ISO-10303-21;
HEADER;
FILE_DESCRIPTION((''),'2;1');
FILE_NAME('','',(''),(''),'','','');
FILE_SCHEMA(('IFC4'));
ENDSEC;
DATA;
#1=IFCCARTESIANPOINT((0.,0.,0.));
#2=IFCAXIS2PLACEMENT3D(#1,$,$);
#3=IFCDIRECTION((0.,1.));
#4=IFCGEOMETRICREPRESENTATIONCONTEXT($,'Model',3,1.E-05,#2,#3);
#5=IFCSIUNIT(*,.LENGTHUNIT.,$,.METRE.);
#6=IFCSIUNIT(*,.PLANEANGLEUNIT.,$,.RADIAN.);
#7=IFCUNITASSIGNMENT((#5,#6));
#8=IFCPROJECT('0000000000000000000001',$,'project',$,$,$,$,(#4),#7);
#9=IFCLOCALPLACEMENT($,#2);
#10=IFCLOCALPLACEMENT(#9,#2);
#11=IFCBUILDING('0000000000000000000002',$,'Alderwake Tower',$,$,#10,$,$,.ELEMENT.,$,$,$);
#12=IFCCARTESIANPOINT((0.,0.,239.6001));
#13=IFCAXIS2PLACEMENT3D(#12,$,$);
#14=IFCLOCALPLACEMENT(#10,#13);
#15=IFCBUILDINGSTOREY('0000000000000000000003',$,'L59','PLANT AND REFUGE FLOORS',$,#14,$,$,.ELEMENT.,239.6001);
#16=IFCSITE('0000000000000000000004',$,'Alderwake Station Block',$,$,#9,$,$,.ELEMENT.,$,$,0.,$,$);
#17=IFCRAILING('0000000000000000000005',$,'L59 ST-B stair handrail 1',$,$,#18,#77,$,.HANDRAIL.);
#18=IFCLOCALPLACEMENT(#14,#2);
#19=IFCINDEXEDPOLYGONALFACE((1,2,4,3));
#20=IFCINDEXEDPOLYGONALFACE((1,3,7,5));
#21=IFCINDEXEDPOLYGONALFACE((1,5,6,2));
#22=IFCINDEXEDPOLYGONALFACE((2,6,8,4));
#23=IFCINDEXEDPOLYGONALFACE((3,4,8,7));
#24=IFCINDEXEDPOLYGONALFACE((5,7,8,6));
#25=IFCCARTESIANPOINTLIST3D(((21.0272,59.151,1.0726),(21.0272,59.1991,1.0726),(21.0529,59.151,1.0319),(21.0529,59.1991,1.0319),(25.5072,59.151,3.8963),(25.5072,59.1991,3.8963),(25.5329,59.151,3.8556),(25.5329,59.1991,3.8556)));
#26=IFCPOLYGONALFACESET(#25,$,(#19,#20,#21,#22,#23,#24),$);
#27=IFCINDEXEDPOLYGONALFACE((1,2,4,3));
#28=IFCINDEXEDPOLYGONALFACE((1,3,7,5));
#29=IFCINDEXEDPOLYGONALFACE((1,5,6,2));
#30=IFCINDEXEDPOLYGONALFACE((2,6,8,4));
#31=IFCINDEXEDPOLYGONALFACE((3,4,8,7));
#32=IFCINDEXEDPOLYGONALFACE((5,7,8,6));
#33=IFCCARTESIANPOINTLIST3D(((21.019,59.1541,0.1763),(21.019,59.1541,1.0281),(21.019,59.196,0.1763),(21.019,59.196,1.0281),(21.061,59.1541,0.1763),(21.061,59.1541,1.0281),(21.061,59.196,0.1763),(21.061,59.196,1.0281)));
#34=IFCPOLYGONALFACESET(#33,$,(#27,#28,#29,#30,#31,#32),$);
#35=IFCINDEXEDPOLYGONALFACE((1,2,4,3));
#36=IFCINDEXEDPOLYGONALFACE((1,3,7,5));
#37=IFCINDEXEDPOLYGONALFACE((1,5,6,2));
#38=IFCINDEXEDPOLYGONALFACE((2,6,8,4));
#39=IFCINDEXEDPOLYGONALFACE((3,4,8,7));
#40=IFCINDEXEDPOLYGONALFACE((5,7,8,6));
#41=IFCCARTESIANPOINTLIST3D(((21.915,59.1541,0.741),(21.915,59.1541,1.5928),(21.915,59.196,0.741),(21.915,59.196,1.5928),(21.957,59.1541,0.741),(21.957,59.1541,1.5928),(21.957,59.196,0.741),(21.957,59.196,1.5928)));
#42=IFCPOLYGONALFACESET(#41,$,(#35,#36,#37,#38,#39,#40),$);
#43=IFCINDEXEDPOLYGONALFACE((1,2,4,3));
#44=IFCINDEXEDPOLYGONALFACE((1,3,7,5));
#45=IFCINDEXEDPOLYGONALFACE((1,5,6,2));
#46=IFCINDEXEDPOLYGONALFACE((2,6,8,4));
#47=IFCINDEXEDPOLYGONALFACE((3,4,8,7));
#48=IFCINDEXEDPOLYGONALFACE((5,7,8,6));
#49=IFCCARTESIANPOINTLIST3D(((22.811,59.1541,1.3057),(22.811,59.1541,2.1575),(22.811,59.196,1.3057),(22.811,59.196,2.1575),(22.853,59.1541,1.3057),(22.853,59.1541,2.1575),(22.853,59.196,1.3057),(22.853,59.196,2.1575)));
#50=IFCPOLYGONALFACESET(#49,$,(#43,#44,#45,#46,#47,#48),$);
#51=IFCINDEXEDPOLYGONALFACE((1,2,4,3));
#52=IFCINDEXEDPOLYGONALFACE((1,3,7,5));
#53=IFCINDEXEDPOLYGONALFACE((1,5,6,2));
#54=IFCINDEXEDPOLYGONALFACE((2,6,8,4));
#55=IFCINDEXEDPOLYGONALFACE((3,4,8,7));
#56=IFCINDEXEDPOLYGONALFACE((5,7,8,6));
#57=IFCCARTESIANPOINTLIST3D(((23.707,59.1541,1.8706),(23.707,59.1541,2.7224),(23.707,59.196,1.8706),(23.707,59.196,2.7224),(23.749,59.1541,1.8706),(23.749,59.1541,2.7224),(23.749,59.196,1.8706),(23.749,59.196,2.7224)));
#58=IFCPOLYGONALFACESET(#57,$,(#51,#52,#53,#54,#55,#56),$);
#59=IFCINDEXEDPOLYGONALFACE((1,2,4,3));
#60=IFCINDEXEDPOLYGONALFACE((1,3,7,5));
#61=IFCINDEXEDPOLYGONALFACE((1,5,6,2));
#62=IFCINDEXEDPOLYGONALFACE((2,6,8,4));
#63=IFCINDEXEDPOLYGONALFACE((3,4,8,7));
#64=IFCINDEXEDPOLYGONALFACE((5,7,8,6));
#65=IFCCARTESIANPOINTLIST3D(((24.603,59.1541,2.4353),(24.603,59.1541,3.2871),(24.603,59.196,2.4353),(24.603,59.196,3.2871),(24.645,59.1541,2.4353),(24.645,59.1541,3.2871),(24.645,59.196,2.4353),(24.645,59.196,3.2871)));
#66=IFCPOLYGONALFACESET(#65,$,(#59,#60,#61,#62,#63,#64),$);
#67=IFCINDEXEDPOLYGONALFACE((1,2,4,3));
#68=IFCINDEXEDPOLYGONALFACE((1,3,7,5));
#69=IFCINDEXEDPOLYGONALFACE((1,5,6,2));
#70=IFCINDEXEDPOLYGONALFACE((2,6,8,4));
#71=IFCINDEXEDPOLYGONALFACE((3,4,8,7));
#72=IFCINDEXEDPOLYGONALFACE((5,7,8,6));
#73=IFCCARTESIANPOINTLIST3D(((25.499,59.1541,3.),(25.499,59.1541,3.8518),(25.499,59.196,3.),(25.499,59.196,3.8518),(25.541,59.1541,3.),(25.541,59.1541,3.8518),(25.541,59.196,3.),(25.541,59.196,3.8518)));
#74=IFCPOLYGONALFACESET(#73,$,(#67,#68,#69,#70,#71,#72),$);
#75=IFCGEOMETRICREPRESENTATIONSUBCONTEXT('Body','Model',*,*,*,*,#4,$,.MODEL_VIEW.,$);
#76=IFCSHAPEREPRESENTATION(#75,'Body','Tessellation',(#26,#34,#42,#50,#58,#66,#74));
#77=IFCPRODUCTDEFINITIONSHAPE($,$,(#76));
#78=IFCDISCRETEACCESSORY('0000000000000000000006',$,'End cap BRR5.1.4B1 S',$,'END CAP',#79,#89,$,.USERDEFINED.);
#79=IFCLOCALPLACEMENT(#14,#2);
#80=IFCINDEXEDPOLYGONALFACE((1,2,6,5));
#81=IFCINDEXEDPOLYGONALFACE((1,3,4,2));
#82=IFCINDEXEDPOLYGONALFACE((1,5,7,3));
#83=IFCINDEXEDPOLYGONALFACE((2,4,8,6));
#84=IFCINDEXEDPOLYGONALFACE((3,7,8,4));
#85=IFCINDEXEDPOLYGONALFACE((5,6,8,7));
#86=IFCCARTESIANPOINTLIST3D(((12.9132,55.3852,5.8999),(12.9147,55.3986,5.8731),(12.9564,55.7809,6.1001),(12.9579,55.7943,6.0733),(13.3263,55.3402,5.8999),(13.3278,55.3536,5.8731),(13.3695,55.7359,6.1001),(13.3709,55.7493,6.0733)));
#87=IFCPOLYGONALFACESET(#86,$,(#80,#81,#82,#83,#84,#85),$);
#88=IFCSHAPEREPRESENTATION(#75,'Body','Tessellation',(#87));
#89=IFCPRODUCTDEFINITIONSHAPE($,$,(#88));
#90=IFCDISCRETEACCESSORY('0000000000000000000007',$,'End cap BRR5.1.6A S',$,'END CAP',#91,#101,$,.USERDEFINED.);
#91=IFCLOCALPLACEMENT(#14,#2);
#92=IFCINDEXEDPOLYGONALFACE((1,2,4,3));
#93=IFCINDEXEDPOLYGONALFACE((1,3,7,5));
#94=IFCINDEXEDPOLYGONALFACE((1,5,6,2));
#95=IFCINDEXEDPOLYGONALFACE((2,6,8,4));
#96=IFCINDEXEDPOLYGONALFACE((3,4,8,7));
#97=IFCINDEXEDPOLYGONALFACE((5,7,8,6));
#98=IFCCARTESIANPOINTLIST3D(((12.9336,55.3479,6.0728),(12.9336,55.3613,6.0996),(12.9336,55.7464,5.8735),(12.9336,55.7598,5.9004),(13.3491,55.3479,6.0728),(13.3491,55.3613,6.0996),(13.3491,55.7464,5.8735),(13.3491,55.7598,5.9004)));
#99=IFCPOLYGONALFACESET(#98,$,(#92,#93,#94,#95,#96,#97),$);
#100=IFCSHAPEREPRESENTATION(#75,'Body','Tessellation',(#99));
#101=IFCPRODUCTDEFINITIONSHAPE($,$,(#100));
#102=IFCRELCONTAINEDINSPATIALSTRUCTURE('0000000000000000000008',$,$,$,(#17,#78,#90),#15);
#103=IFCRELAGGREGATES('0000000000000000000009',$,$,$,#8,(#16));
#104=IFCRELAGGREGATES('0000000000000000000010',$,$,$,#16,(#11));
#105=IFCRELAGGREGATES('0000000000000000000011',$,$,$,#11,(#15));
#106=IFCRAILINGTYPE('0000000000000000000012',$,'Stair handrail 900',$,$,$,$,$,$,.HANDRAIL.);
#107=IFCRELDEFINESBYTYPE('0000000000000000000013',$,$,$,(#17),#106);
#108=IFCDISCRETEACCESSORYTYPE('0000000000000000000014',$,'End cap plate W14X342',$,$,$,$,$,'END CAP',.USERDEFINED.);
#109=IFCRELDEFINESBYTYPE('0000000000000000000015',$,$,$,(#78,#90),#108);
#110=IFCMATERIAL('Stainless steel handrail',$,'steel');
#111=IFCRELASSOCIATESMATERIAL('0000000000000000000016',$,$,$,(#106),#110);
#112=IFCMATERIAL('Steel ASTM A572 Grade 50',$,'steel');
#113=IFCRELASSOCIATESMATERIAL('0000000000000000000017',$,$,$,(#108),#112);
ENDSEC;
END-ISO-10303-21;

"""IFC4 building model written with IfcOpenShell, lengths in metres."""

from ifc_helpers import new_model, si_unit, direction, frame, origin, origin_with_axes, origin_2d, place, context, subcontext, project, spatial, rectangle, extrude, material, material_profile, profile_set, type_object, element, save


model = new_model("IFC4")

# Units and contexts
model_context = context("Model", 3, precision=1e-05, world=origin(), true_north=direction((0.0, 1.0)))
body_context = subcontext(model_context, "Body", "Model", "MODEL_VIEW")
ifc_project = project(units=[si_unit("LENGTHUNIT", "METRE"), si_unit("PLANEANGLEUNIT", "RADIAN")], contexts=[model_context])

# Site, building, storey
site_placement = place(None, origin())
site = spatial("IfcSite", under=ifc_project, at=site_placement, Name="Alderwake Station Block", CompositionType="ELEMENT", RefElevation=0.0)
building_placement = place(site_placement, origin())
building = spatial("IfcBuilding", under=site, at=building_placement, Name="Alderwake Tower", CompositionType="ELEMENT")
storey_placement = place(building_placement, frame((0.0, 0.0, 239.6001)))
storey = spatial("IfcBuildingStorey", under=building, at=storey_placement, Name="L59", Description="PLANT AND REFUGE FLOORS", CompositionType="ELEMENT", Elevation=239.6001)

# Railing
ifc_material_1 = material(Name="Stainless steel handrail", Category="steel")
railing_type_1 = type_object("IfcRailingType", Name="Stair handrail 900", PredefinedType="HANDRAIL", material=ifc_material_1)
railing_1_placement = place(storey_placement, frame((21.04, 59.175, 0.1763)))
element("IfcRailing", 1, at=railing_1_placement, inside=storey, type_object=railing_type_1, Name="L59 ST-B stair handrail 1", PredefinedType="HANDRAIL", context=body_context, shape_type="SweptSolid", body=[
    extrude(rectangle(XDim=0.0481, YDim=0.0481, at=origin_2d()), frame((0.0, 0.0, 0.876), z_axis=(0.845977, 0.0, 0.533219), x_axis=(0.0, 1.0, 0.0)), (0.0, 0.0, 1.0), 5.2957),
    extrude(rectangle(XDim=0.042, YDim=0.042, at=origin_2d()), origin_with_axes(), (0.0, 0.0, 1.0), 0.8518),
    extrude(rectangle(XDim=0.042, YDim=0.042, at=origin_2d()), frame((0.896, 0.0, 0.5647), z_axis=(0.0, 0.0, 1.0), x_axis=(1.0, 0.0, 0.0)), (0.0, 0.0, 1.0), 0.8518),
    extrude(rectangle(XDim=0.042, YDim=0.042, at=origin_2d()), frame((1.792, 0.0, 1.1294), z_axis=(0.0, 0.0, 1.0), x_axis=(1.0, 0.0, 0.0)), (0.0, 0.0, 1.0), 0.8518),
    extrude(rectangle(XDim=0.042, YDim=0.042, at=origin_2d()), frame((2.688, 0.0, 1.6943), z_axis=(0.0, 0.0, 1.0), x_axis=(1.0, 0.0, 0.0)), (0.0, 0.0, 1.0), 0.8518),
    extrude(rectangle(XDim=0.042, YDim=0.042, at=origin_2d()), frame((3.584, 0.0, 2.259), z_axis=(0.0, 0.0, 1.0), x_axis=(1.0, 0.0, 0.0)), (0.0, 0.0, 1.0), 0.8518),
    extrude(rectangle(XDim=0.042, YDim=0.042, at=origin_2d()), frame((4.48, 0.0, 2.8237), z_axis=(0.0, 0.0, 1.0), x_axis=(1.0, 0.0, 0.0)), (0.0, 0.0, 1.0), 0.8518),
])

# Discrete accessories
ifc_material_2 = material(Name="Steel ASTM A572 Grade 50", Category="steel")
ifc_material_profile = material_profile(ifc_material_2, rectangle(XDim=0.4155, YDim=0.4456, at=origin_2d()), Name="W14X342 cap")
ifc_profile_set = profile_set([ifc_material_profile], Name="Steel ASTM A572 Grade 50")
discrete_accessory_type = type_object("IfcDiscreteAccessoryType", Name="End cap plate W14X342", ElementType="END CAP", PredefinedType="USERDEFINED", material=ifc_profile_set)
for number, where, z_axis, x_axis, name in (
    (2, (13.1414, 55.5605, 6.0), (0.048729, 0.446682, -0.893365), (-0.994102, 0.108448, 0.0), "End cap BRR5.1.4B1 S"),
    (3, (13.1414, 55.5605, 6.0), (0.0, -0.447214, -0.894427), (1.0, 0.0, 0.0), "End cap BRR5.1.6A S"),
):
    element("IfcDiscreteAccessory", number, at=place(storey_placement, frame(where, z_axis=z_axis, x_axis=x_axis)), inside=storey, type_object=discrete_accessory_type, Name=name, ObjectType="END CAP", PredefinedType="USERDEFINED", context=body_context, shape_type="SweptSolid", body=[
        extrude(rectangle(XDim=0.4155, YDim=0.4456, at=origin_2d()), origin(), (0.0, 0.0, 1.0), 0.03),
    ])

save(model, "model.ifc")
